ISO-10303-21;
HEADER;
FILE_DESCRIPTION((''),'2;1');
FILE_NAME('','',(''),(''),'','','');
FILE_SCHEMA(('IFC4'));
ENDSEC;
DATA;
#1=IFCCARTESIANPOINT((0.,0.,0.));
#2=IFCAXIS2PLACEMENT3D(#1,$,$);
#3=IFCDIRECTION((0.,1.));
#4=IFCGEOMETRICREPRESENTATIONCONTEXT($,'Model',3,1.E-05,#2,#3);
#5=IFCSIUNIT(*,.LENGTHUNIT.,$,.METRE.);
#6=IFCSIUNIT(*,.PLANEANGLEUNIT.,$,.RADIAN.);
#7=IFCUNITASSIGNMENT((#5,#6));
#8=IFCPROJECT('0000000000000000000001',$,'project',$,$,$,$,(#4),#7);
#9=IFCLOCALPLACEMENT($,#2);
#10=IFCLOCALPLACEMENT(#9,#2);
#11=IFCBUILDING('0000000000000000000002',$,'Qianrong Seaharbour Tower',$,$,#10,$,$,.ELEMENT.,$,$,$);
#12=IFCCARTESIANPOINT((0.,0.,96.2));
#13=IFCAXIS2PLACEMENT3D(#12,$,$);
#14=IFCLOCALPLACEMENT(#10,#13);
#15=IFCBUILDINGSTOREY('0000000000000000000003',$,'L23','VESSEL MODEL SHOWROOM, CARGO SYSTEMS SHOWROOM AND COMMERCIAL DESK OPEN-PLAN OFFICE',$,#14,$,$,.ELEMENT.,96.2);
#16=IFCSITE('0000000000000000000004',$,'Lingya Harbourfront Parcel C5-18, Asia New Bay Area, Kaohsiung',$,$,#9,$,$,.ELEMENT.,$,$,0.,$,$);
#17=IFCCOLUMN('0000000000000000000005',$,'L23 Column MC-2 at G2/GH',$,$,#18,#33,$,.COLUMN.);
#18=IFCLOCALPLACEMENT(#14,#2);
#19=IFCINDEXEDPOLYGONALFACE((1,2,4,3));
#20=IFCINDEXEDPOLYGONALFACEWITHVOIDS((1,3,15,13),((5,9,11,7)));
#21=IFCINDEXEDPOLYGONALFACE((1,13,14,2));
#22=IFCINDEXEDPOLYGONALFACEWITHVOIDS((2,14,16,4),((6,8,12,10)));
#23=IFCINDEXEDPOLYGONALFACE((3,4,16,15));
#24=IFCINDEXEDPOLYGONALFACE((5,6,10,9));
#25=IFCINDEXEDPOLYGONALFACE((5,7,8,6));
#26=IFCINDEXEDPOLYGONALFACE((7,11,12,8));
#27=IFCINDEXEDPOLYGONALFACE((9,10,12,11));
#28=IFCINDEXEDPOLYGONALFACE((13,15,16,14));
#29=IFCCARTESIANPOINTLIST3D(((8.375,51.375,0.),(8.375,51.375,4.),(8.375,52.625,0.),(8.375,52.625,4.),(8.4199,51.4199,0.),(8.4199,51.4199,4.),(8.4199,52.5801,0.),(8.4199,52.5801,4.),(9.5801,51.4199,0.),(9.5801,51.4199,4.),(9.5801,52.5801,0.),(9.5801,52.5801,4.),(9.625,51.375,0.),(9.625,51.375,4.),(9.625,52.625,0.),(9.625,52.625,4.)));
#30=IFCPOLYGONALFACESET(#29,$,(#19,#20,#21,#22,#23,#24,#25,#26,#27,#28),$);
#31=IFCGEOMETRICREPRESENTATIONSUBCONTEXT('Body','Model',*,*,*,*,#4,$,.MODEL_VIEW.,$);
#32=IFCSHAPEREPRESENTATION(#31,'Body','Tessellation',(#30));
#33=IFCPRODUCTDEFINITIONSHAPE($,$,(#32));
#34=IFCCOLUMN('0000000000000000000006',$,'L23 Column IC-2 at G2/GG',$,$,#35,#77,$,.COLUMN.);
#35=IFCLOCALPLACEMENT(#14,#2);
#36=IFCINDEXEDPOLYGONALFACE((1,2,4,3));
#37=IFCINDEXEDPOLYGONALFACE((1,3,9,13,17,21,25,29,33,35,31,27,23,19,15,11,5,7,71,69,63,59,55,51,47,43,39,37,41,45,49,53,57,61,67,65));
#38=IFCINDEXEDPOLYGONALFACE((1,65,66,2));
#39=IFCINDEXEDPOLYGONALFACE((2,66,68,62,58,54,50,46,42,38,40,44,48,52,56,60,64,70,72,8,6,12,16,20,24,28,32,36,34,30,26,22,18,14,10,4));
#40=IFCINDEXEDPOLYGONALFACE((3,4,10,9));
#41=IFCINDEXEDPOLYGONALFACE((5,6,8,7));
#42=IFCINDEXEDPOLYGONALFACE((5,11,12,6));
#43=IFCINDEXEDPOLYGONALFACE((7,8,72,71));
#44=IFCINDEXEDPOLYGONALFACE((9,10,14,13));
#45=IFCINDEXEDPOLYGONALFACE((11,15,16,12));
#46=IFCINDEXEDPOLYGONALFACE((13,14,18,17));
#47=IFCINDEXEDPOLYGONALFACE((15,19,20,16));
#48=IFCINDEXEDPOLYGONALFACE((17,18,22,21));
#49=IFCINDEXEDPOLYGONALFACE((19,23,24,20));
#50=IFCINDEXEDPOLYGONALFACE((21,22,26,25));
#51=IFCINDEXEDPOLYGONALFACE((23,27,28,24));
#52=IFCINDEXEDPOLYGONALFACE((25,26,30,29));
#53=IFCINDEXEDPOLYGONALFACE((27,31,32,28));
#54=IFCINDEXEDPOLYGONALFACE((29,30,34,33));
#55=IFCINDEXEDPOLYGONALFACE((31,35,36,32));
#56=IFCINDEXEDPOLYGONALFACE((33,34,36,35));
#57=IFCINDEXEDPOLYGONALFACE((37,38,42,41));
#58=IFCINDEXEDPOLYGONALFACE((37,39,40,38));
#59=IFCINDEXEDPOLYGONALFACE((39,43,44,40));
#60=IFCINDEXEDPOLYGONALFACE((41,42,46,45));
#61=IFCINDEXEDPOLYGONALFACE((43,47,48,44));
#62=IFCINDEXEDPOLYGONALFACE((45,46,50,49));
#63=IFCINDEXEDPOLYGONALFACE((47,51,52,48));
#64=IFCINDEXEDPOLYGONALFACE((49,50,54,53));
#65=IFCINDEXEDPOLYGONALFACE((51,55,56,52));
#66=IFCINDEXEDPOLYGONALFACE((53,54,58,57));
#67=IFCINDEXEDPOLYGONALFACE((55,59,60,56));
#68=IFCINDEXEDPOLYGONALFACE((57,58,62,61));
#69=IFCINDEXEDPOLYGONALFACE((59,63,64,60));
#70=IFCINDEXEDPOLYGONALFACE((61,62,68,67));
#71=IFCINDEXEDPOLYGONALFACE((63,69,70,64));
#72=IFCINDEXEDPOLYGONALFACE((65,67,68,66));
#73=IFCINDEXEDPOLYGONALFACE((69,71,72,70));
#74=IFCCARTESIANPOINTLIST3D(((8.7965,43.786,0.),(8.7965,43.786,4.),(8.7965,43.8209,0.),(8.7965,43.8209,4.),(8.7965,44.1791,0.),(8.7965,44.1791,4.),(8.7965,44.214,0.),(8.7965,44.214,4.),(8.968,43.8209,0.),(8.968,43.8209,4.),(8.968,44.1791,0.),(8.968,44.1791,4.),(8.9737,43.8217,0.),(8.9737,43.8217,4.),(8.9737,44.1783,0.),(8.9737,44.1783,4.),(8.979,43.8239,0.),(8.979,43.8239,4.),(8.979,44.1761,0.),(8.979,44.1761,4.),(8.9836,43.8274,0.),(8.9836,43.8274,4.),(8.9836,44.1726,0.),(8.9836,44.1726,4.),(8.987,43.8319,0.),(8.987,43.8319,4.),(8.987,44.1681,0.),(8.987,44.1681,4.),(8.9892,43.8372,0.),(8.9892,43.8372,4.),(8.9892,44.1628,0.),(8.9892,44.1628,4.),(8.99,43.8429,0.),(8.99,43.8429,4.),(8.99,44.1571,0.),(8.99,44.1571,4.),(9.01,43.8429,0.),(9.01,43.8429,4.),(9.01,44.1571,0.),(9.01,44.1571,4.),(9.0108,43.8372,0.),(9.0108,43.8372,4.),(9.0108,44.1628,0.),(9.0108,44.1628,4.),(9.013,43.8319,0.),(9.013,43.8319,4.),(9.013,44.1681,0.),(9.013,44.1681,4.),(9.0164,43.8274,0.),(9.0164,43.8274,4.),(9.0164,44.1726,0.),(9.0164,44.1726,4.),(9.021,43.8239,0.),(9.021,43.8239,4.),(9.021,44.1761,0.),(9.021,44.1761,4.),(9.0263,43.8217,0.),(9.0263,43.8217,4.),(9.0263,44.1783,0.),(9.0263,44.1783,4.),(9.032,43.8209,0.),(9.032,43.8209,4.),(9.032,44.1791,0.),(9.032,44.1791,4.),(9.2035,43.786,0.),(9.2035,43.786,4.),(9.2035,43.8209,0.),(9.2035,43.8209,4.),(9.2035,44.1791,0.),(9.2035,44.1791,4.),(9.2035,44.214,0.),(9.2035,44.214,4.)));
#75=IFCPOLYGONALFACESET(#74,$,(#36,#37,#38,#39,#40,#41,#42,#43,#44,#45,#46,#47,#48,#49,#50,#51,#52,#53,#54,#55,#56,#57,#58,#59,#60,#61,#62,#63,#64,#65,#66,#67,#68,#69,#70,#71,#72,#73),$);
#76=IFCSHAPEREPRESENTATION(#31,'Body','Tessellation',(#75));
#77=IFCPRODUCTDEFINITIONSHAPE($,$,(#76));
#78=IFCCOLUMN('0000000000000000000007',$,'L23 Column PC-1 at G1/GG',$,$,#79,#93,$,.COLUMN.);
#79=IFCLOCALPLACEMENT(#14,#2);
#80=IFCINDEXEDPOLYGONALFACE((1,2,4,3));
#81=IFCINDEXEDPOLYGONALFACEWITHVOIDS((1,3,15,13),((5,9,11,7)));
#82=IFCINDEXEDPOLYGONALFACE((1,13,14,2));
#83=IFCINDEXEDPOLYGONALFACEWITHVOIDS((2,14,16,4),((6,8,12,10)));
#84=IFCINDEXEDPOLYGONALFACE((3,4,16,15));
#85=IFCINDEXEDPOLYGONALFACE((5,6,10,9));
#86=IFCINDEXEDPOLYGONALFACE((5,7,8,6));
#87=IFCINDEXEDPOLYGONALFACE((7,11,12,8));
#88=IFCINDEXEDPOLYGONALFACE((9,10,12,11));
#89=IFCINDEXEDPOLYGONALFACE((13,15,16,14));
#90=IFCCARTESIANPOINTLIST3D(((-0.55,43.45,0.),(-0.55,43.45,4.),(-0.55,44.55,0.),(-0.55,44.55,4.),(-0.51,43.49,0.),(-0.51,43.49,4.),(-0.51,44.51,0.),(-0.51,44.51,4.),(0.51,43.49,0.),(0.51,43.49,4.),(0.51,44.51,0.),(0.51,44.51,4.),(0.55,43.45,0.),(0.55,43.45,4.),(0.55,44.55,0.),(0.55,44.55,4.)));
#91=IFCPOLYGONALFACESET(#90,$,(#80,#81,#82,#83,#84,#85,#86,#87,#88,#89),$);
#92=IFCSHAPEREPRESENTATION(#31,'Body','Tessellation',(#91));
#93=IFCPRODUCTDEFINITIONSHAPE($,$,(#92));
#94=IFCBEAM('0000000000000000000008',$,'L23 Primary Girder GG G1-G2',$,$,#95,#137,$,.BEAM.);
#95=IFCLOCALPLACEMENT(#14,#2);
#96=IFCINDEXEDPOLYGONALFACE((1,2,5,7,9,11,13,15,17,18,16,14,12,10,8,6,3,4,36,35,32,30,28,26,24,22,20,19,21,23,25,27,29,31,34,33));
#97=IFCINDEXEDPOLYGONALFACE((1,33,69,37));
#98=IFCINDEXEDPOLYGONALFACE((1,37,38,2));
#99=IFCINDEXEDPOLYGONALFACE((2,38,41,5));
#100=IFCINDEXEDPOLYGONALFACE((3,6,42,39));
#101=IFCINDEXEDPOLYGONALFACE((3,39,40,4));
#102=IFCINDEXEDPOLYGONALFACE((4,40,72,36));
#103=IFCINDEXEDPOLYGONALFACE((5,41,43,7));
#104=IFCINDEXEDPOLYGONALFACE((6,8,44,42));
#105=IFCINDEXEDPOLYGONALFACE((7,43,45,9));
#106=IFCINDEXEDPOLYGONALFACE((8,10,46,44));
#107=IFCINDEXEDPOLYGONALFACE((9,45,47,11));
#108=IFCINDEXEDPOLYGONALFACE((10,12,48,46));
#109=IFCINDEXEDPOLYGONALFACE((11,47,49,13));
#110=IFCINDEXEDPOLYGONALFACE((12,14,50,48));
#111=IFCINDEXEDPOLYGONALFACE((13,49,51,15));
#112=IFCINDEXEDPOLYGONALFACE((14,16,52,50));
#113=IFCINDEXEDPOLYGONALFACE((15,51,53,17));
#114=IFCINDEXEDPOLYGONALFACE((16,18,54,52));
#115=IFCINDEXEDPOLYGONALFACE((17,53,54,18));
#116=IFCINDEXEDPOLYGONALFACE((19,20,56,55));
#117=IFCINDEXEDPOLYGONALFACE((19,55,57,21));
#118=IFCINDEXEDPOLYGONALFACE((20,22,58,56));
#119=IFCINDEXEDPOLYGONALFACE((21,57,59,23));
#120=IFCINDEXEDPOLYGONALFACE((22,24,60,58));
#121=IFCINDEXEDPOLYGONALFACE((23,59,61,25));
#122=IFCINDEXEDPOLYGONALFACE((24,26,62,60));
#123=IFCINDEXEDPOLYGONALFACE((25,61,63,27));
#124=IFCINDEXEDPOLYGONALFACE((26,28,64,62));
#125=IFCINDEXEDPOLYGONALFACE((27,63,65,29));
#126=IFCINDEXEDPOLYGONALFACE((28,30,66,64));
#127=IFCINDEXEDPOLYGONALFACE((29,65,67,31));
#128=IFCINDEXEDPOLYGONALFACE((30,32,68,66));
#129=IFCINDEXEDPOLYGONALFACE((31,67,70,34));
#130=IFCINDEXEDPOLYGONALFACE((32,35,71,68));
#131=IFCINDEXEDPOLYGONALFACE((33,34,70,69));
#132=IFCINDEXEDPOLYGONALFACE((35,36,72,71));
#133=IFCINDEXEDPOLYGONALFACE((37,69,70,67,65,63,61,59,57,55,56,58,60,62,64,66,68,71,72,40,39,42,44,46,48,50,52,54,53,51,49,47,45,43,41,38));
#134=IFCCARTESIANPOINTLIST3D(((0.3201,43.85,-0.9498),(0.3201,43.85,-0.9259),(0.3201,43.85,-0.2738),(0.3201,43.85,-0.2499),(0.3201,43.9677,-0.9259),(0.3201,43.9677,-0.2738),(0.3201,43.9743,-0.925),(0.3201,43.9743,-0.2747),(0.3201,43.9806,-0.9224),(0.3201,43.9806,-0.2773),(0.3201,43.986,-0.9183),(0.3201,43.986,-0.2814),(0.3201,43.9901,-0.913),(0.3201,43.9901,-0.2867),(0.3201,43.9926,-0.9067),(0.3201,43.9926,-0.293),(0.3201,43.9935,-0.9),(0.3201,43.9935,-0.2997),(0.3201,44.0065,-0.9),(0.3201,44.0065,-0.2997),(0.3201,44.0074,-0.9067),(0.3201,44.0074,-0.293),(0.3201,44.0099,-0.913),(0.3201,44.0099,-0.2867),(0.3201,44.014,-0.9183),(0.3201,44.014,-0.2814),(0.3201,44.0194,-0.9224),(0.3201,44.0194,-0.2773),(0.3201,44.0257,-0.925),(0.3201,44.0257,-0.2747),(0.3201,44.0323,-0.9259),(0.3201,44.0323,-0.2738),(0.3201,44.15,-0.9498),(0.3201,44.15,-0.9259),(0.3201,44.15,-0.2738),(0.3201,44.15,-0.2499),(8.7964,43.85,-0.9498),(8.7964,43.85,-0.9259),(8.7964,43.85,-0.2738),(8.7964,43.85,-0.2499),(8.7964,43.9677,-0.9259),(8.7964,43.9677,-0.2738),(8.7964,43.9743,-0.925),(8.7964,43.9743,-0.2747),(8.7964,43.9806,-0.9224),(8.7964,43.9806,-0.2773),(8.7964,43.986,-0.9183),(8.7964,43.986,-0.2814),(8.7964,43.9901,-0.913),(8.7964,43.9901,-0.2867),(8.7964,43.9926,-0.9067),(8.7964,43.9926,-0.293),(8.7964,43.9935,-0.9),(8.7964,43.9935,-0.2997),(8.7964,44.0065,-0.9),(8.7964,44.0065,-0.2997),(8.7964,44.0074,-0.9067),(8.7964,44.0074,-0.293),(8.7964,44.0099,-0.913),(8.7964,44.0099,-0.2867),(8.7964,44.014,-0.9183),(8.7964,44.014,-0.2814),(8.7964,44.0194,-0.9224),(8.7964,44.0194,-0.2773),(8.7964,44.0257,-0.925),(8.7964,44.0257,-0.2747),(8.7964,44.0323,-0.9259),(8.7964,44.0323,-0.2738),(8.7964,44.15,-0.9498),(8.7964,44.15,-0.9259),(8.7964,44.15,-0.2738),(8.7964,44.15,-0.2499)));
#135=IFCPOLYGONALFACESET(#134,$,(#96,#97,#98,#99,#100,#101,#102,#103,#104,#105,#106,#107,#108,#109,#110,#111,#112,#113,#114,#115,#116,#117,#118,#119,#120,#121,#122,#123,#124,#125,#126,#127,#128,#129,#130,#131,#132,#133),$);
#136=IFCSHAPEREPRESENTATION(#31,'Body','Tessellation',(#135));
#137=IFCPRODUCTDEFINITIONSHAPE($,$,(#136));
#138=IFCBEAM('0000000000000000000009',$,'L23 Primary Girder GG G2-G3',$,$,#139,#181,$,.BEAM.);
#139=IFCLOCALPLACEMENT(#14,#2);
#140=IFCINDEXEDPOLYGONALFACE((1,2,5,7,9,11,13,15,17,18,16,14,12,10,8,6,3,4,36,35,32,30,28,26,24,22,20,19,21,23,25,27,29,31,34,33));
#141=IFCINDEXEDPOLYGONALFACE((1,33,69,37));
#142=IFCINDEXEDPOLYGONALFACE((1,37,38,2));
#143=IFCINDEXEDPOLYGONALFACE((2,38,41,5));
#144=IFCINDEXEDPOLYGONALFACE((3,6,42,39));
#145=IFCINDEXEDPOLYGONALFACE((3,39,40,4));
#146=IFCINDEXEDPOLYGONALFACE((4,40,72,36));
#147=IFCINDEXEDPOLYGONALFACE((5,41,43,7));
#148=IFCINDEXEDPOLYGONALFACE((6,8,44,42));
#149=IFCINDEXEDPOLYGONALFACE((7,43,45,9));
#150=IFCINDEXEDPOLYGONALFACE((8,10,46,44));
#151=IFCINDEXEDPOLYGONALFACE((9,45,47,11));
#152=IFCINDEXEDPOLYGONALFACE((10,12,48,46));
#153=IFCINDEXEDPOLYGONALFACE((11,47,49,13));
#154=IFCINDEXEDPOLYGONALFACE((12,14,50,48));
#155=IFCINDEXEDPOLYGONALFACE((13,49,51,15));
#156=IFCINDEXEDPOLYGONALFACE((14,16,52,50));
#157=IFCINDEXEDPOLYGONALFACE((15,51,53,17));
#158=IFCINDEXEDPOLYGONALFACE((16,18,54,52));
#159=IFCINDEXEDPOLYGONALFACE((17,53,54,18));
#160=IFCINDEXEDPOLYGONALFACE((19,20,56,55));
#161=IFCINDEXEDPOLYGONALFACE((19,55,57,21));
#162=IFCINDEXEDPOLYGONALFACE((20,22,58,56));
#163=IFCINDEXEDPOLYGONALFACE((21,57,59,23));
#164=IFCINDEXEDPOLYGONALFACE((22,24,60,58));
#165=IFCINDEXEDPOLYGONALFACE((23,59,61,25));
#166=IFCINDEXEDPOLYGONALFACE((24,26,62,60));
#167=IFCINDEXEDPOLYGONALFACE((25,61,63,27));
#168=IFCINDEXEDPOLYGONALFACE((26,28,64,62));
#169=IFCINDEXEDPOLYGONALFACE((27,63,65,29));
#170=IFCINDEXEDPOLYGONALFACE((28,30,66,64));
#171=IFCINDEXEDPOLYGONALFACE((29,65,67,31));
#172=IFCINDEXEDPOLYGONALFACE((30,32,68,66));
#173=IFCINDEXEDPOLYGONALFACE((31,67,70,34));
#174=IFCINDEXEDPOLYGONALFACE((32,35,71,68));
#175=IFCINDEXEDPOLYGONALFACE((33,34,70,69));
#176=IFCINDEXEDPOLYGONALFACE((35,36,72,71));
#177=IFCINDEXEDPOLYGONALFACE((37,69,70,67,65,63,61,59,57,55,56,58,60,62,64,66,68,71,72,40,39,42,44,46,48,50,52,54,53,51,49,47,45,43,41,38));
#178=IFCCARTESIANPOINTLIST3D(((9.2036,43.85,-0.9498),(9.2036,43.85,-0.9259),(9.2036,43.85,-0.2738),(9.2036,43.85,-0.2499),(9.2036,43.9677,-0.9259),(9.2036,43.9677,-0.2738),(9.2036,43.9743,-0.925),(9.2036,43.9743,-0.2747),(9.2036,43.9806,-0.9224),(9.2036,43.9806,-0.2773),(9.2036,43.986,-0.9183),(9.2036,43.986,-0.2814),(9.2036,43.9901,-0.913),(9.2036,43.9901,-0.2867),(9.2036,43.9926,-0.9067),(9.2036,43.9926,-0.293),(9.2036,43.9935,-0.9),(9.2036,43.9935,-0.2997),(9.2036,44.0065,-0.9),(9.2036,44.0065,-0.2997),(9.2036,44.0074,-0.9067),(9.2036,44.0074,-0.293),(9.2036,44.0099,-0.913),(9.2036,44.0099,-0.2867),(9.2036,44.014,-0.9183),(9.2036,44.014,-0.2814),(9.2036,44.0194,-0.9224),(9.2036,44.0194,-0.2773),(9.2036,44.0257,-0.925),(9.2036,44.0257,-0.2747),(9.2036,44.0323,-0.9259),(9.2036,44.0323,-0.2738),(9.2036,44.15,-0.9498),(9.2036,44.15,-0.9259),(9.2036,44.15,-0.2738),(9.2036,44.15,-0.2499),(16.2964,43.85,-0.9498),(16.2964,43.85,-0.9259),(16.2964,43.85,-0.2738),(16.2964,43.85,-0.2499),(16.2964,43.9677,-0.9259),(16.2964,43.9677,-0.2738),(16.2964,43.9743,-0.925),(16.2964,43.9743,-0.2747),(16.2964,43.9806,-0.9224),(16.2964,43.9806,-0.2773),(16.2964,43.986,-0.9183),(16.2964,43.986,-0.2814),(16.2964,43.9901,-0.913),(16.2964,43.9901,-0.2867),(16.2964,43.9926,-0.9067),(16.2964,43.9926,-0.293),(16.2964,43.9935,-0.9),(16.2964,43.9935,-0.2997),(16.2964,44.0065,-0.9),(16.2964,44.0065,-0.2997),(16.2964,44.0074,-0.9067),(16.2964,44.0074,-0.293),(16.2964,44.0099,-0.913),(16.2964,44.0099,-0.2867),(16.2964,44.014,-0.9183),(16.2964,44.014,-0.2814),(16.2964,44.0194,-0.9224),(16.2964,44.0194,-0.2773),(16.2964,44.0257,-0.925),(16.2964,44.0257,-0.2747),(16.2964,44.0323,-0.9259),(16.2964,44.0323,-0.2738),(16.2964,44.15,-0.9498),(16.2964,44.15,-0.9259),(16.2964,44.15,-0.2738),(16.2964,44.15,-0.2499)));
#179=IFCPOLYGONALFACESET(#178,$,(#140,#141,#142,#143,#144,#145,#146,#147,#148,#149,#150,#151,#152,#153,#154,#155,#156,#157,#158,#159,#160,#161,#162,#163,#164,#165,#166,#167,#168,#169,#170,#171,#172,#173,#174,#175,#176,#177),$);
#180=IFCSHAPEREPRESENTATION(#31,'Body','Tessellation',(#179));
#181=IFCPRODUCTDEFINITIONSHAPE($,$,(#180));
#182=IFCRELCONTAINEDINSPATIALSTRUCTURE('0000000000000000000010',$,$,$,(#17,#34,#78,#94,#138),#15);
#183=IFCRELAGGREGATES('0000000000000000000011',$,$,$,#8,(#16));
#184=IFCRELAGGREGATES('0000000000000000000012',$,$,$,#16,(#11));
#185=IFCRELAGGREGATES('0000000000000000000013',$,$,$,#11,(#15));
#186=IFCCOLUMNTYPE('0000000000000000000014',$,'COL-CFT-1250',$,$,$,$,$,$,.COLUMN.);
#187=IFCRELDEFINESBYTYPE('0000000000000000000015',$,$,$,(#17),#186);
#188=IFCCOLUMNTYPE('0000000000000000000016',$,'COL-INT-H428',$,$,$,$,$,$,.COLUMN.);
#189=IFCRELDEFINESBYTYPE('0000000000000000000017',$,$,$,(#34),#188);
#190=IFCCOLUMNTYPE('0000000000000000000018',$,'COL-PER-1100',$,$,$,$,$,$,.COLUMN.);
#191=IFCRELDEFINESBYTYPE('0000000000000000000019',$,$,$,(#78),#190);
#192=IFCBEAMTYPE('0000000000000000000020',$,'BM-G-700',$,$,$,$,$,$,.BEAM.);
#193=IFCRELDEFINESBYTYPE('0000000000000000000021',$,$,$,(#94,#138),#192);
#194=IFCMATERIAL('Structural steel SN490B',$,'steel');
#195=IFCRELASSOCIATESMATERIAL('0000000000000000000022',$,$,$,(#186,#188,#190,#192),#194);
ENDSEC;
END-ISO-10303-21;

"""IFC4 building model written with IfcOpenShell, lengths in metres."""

from ifc_helpers import new_model, si_unit, direction, frame, origin, origin_2d, place, context, subcontext, project, spatial, hollow_rectangle, i_section, extrude, material, material_profile, profile_set, type_object, element, save


model = new_model("IFC4")

# Units and contexts
model_context = context("Model", 3, precision=1e-05, world=origin(), true_north=direction((0.0, 1.0)))
body_context = subcontext(model_context, "Body", "Model", "MODEL_VIEW")
ifc_project = project(units=[si_unit("LENGTHUNIT", "METRE"), si_unit("PLANEANGLEUNIT", "RADIAN")], contexts=[model_context])

# Site, building, storey
site_placement = place(None, origin())
site = spatial("IfcSite", under=ifc_project, at=site_placement, Name="Lingya Harbourfront Parcel C5-18, Asia New Bay Area, Kaohsiung", CompositionType="ELEMENT", RefElevation=0.0)
building_placement = place(site_placement, origin())
building = spatial("IfcBuilding", under=site, at=building_placement, Name="Qianrong Seaharbour Tower", CompositionType="ELEMENT")
storey_placement = place(building_placement, frame((0.0, 0.0, 96.2)))
storey = spatial("IfcBuildingStorey", under=building, at=storey_placement, Name="L23", Description="VESSEL MODEL SHOWROOM, CARGO SYSTEMS SHOWROOM AND COMMERCIAL DESK OPEN-PLAN OFFICE", CompositionType="ELEMENT", Elevation=96.2)

# Columns
ifc_material_1 = material(Name="Structural steel SN490B", Category="steel")
ifc_material_profile_1 = material_profile(ifc_material_1, hollow_rectangle(XDim=1.25, YDim=1.25, WallThickness=0.0449, at=origin_2d()), Name="BOX1250x1250x45")
ifc_profile_set_1 = profile_set([ifc_material_profile_1], Name="Structural steel SN490B")
column_type_1 = type_object("IfcColumnType", Name="COL-CFT-1250", PredefinedType="COLUMN", material=ifc_profile_set_1)
column_1_placement = place(storey_placement, frame((9.0, 52.0, 0.0), z_axis=(0.0, 0.0, 1.0), x_axis=(1.0, 0.0, 0.0)))
element("IfcColumn", 1, at=column_1_placement, inside=storey, type_object=column_type_1, Name="L23 Column MC-2 at G2/GH", PredefinedType="COLUMN", context=body_context, shape_type="SweptSolid", body=[
    extrude(hollow_rectangle(XDim=1.25, YDim=1.25, WallThickness=0.0449, at=origin_2d()), origin(), (0.0, 0.0, 1.0), 4.0),
])
ifc_material_profile_2 = material_profile(ifc_material_1, i_section(OverallWidth=0.407, OverallDepth=0.428, WebThickness=0.02, FlangeThickness=0.0349, FilletRadius=0.022, at=origin_2d()), Name="H428x407x20x35")
ifc_profile_set_2 = profile_set([ifc_material_profile_2], Name="Structural steel SN490B")
column_type_2 = type_object("IfcColumnType", Name="COL-INT-H428", PredefinedType="COLUMN", material=ifc_profile_set_2)
column_2_placement = place(storey_placement, frame((9.0, 44.0, 0.0), z_axis=(0.0, 0.0, 1.0), x_axis=(1.0, 0.0, 0.0)))
element("IfcColumn", 2, at=column_2_placement, inside=storey, type_object=column_type_2, Name="L23 Column IC-2 at G2/GG", PredefinedType="COLUMN", context=body_context, shape_type="SweptSolid", body=[
    extrude(i_section(OverallWidth=0.407, OverallDepth=0.428, WebThickness=0.02, FlangeThickness=0.0349, FilletRadius=0.022, at=origin_2d()), origin(), (0.0, 0.0, 1.0), 4.0),
])
ifc_material_profile_3 = material_profile(ifc_material_1, hollow_rectangle(XDim=1.1001, YDim=1.1001, WallThickness=0.04, at=origin_2d()), Name="BOX1100x1100x40")
ifc_profile_set_3 = profile_set([ifc_material_profile_3], Name="Structural steel SN490B")
column_type_3 = type_object("IfcColumnType", Name="COL-PER-1100", PredefinedType="COLUMN", material=ifc_profile_set_3)
column_3_placement = place(storey_placement, frame((0.0, 44.0, 0.0), z_axis=(0.0, 0.0, 1.0), x_axis=(1.0, 0.0, 0.0)))
element("IfcColumn", 3, at=column_3_placement, inside=storey, type_object=column_type_3, Name="L23 Column PC-1 at G1/GG", PredefinedType="COLUMN", context=body_context, shape_type="SweptSolid", body=[
    extrude(hollow_rectangle(XDim=1.1001, YDim=1.1001, WallThickness=0.04, at=origin_2d()), origin(), (0.0, 0.0, 1.0), 4.0),
])

# Beams
ifc_material_profile_4 = material_profile(ifc_material_1, i_section(OverallWidth=0.3, OverallDepth=0.7, WebThickness=0.0129, FlangeThickness=0.0239, FilletRadius=0.0259, at=origin_2d()), Name="H700x300x13x24")
ifc_profile_set_4 = profile_set([ifc_material_profile_4], Name="Structural steel SN490B")
beam_type_1 = type_object("IfcBeamType", Name="BM-G-700", PredefinedType="BEAM", material=ifc_profile_set_4)
beam_1_placement = place(storey_placement, frame((0.3201, 44.0, -0.5999), z_axis=(1.0, 0.0, 0.0), x_axis=(0.0, 1.0, 0.0)))
element("IfcBeam", 4, at=beam_1_placement, inside=storey, type_object=beam_type_1, Name="L23 Primary Girder GG G1-G2", PredefinedType="BEAM", context=body_context, shape_type="SweptSolid", body=[
    extrude(i_section(OverallWidth=0.3, OverallDepth=0.7, WebThickness=0.0129, FlangeThickness=0.0239, FilletRadius=0.0259, at=origin_2d()), origin(), (0.0, 0.0, 1.0), 8.4763),
])
beam_2_placement = place(storey_placement, frame((9.2036, 44.0, -0.5999), z_axis=(1.0, 0.0, 0.0), x_axis=(0.0, 1.0, 0.0)))
element("IfcBeam", 5, at=beam_2_placement, inside=storey, type_object=beam_type_1, Name="L23 Primary Girder GG G2-G3", PredefinedType="BEAM", context=body_context, shape_type="SweptSolid", body=[
    extrude(i_section(OverallWidth=0.3, OverallDepth=0.7, WebThickness=0.0129, FlangeThickness=0.0239, FilletRadius=0.0259, at=origin_2d()), origin(), (0.0, 0.0, 1.0), 7.0928),
])

save(model, "model.ifc")
